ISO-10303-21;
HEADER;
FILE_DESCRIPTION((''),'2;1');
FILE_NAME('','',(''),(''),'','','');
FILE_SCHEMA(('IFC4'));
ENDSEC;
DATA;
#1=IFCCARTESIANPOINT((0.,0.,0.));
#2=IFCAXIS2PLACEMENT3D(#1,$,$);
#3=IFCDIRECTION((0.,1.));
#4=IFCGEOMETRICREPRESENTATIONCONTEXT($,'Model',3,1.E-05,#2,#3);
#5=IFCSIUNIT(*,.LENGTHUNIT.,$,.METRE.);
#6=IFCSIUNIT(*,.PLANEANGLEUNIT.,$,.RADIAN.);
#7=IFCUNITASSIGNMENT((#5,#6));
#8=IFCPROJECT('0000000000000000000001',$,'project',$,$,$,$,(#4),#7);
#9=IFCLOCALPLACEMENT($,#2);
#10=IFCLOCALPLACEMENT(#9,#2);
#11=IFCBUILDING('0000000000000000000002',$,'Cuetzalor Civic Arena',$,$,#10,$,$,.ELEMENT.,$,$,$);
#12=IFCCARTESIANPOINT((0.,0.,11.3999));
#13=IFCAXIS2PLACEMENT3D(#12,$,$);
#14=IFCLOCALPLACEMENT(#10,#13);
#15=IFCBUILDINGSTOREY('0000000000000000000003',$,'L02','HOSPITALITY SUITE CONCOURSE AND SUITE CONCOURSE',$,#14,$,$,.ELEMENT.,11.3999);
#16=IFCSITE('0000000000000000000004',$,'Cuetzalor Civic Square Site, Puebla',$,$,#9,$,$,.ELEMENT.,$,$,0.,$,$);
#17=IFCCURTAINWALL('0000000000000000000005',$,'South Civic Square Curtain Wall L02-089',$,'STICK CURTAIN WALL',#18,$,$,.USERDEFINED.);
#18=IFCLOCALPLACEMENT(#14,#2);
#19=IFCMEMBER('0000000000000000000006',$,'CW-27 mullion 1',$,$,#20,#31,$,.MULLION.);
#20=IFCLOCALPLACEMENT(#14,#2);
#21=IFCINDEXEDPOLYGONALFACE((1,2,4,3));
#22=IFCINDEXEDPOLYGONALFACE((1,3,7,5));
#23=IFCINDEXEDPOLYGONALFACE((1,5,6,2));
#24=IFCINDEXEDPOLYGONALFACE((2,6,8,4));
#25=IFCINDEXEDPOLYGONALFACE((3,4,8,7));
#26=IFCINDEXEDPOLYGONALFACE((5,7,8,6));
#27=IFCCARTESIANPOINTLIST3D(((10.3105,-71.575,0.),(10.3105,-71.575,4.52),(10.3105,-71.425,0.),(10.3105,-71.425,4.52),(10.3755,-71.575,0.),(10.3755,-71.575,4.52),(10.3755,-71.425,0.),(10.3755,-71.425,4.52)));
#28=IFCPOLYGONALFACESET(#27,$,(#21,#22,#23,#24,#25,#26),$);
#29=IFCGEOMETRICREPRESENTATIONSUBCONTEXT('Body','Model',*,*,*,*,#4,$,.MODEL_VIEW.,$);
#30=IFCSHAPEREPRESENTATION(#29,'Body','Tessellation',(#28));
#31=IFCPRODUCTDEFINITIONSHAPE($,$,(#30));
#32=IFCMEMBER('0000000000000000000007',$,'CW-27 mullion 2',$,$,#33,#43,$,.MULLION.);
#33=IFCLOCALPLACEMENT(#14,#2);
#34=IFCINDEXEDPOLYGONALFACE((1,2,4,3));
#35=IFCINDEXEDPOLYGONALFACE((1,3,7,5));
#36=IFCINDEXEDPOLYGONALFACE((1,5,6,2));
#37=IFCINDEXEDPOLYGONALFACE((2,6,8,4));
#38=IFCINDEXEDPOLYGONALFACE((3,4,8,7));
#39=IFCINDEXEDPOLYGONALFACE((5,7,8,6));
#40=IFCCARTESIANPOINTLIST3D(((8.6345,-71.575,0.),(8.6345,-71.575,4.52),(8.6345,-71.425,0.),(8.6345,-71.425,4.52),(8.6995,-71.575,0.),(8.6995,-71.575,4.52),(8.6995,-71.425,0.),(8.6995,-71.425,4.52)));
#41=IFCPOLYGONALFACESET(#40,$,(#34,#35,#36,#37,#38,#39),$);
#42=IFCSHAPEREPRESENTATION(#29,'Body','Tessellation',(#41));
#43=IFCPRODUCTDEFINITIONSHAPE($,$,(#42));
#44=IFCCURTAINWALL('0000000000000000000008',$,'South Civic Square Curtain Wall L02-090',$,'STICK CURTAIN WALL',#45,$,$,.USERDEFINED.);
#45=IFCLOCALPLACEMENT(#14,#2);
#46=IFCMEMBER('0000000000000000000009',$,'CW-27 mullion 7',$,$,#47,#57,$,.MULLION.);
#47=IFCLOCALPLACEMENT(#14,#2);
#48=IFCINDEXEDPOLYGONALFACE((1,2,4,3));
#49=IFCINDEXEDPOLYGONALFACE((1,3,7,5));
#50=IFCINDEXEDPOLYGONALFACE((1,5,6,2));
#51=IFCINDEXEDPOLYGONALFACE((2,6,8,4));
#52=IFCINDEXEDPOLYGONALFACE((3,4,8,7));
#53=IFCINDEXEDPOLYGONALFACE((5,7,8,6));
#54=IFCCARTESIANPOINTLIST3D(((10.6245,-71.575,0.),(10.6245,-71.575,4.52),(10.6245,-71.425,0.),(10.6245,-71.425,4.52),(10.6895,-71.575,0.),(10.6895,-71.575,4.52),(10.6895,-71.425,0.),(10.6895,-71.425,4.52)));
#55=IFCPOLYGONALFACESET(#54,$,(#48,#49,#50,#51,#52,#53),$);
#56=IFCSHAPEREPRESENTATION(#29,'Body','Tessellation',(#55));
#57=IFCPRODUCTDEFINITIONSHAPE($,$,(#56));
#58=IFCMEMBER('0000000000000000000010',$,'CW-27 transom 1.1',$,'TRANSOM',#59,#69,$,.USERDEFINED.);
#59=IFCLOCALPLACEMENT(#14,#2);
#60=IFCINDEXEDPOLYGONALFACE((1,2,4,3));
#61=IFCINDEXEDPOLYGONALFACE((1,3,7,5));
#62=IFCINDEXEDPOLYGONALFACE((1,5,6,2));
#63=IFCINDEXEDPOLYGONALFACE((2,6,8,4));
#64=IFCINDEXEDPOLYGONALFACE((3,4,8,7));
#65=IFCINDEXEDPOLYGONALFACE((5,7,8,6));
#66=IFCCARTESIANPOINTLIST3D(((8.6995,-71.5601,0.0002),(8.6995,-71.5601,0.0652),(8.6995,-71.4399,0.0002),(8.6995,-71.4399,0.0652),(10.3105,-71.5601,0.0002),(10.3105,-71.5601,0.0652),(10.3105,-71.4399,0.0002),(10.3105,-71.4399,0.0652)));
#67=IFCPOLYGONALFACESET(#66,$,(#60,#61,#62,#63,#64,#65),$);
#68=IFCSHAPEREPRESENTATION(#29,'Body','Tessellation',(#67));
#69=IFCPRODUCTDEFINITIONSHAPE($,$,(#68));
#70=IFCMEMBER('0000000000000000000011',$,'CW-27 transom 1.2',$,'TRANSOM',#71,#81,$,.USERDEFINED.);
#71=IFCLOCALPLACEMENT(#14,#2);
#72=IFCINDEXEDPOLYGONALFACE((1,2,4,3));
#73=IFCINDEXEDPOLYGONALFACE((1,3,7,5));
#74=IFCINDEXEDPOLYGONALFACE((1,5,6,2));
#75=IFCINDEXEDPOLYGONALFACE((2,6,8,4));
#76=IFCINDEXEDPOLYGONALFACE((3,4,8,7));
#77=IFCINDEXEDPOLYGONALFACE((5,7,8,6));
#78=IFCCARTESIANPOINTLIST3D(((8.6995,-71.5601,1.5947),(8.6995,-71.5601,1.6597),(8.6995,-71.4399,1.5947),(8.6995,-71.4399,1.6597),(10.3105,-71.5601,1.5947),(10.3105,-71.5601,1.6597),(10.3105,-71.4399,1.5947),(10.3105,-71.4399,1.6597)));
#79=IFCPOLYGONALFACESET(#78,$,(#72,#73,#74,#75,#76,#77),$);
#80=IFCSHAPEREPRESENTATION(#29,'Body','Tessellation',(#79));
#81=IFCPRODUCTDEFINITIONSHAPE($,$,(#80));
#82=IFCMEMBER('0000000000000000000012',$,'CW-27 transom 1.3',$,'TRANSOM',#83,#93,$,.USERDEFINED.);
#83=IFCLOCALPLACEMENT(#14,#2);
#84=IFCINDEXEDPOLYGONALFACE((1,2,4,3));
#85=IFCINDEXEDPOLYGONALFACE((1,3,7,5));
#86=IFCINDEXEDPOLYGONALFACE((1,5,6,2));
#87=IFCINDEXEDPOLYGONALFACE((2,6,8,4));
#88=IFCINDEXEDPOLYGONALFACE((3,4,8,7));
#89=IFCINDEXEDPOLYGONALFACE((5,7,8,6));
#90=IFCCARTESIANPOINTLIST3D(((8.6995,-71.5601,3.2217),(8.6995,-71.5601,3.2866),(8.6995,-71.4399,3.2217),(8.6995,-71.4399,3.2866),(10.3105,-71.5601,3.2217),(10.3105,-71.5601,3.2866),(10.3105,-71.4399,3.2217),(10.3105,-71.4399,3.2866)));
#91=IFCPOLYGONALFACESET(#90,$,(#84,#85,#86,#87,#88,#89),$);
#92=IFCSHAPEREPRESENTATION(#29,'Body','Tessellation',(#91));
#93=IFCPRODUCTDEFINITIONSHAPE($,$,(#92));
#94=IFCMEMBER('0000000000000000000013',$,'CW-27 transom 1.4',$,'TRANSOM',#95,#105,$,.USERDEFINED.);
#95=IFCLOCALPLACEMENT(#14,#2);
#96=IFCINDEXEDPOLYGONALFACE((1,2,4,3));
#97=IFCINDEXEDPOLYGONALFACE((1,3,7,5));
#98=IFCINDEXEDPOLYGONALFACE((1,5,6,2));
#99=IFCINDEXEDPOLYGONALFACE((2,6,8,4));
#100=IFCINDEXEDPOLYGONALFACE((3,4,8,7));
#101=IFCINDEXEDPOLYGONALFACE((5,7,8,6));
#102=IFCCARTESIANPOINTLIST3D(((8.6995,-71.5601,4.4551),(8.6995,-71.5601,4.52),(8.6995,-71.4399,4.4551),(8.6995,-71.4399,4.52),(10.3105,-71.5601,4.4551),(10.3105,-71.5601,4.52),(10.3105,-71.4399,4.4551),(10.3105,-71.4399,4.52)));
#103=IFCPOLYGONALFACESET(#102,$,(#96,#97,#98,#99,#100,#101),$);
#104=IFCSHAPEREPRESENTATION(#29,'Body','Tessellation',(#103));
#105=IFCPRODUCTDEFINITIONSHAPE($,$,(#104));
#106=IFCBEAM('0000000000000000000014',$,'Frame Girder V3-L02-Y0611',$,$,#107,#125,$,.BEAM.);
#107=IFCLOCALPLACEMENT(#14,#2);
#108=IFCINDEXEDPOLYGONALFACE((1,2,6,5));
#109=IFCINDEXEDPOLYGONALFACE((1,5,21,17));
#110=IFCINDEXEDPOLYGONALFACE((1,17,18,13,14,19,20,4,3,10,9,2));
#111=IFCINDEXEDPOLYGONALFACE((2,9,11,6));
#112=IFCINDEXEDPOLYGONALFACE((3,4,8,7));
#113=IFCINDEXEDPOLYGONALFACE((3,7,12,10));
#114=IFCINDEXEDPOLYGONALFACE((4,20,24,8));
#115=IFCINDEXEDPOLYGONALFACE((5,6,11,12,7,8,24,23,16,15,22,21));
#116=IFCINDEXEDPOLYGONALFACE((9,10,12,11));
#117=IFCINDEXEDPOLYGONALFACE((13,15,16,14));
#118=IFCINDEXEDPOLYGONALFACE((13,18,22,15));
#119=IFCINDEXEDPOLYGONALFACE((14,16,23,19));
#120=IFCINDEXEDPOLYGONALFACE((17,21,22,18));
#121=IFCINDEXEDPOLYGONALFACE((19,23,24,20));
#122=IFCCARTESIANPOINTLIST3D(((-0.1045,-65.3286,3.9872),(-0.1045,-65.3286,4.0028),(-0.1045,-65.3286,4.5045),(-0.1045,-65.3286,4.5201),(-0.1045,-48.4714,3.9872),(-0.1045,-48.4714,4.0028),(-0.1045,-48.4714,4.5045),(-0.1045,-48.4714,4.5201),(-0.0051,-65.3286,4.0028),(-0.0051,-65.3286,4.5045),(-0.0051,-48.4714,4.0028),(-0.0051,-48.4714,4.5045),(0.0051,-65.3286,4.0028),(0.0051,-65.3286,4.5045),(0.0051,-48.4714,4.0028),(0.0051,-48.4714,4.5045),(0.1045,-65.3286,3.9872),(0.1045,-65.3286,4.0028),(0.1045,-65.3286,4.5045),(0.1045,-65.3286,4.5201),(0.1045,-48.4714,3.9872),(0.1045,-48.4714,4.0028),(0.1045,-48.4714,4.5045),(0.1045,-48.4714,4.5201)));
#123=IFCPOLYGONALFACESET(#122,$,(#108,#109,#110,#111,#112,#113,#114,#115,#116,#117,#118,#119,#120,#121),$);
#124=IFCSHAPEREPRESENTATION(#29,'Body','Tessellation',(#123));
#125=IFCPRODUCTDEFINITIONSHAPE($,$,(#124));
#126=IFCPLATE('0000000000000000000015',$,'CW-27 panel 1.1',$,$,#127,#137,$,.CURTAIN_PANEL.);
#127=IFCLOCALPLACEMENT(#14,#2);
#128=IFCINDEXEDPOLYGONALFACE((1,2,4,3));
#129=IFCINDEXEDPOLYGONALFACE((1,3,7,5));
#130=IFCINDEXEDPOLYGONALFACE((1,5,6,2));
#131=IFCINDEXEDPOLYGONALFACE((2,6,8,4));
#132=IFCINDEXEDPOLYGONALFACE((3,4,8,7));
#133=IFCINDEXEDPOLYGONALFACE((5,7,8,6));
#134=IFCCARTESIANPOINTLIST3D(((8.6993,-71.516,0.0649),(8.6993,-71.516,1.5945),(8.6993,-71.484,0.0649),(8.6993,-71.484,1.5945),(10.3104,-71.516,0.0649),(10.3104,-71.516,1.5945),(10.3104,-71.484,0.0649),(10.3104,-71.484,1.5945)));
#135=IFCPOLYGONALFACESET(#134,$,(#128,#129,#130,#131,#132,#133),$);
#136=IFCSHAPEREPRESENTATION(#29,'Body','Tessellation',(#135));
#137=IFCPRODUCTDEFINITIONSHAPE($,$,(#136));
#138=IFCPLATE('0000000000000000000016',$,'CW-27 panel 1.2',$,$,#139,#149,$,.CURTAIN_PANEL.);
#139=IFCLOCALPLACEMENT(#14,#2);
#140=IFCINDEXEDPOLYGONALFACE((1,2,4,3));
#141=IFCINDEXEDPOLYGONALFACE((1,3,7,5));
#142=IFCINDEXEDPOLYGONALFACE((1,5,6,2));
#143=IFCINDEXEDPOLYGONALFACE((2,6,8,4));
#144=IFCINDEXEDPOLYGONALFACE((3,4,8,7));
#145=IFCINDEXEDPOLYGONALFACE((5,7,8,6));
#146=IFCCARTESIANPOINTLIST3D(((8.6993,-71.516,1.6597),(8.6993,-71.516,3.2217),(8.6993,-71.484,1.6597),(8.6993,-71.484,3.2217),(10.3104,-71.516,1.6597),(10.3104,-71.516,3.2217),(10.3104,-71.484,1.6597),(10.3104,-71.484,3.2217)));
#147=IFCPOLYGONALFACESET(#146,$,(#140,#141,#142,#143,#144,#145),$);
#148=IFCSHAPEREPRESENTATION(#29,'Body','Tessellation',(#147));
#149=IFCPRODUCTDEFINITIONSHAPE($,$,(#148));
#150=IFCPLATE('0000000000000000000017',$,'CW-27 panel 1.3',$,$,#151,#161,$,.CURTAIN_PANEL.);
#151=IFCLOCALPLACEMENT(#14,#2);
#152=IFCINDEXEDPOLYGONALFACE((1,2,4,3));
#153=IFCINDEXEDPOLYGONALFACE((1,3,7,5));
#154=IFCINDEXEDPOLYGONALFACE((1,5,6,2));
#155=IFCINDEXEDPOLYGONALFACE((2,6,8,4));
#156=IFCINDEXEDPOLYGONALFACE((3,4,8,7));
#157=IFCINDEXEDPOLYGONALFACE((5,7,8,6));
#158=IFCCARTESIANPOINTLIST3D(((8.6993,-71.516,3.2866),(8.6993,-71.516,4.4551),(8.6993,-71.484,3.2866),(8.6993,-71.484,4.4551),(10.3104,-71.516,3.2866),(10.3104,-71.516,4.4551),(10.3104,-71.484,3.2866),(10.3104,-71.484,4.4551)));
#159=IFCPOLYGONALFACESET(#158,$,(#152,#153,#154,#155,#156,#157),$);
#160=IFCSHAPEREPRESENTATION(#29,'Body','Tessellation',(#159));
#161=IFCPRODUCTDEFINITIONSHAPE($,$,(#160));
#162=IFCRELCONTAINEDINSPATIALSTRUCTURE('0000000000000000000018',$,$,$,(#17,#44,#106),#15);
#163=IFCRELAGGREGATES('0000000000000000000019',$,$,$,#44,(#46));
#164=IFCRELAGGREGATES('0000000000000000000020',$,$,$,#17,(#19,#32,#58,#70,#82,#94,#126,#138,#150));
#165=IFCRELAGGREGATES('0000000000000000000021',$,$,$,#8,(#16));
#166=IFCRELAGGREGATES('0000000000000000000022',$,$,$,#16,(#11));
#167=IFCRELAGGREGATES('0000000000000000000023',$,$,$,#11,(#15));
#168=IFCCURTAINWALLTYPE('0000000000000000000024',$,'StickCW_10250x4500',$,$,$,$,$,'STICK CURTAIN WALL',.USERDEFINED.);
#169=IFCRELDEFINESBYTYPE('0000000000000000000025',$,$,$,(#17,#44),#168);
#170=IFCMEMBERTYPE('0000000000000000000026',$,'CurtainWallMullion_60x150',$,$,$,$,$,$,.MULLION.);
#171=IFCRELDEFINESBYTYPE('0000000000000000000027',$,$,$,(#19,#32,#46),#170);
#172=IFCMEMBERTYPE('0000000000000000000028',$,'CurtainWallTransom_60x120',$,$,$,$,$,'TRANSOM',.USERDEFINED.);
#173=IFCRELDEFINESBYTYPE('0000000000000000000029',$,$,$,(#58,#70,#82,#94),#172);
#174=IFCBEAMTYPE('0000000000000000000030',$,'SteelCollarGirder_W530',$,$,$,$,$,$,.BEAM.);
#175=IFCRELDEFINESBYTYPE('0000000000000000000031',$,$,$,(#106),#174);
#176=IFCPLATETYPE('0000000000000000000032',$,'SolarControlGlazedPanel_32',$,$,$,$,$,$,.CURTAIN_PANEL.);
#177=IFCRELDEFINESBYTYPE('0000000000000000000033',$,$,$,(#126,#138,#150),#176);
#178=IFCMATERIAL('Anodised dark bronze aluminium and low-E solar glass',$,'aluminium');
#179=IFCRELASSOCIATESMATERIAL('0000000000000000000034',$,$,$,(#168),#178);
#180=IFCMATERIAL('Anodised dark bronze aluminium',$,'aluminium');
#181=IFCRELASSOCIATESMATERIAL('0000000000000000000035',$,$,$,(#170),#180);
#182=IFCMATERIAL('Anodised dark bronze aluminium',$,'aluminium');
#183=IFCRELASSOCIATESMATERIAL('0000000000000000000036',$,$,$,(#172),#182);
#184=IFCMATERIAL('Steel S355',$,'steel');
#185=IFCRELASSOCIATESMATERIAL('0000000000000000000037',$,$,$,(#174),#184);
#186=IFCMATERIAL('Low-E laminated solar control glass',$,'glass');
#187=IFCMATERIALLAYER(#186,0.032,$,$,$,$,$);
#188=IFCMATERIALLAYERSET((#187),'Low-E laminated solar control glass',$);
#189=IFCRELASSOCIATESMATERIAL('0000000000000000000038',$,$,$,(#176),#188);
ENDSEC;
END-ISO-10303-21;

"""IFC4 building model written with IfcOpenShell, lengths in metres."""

from ifc_helpers import new_model, si_unit, direction, frame, origin, origin_2d, place, context, subcontext, project, spatial, rectangle, i_section, extrude, material, layer, layer_set, material_profile, profile_set, type_object, element, aggregate, save


model = new_model("IFC4")

# Units and contexts
model_context = context("Model", 3, precision=1e-05, world=origin(), true_north=direction((0.0, 1.0)))
body_context = subcontext(model_context, "Body", "Model", "MODEL_VIEW")
ifc_project = project(units=[si_unit("LENGTHUNIT", "METRE"), si_unit("PLANEANGLEUNIT", "RADIAN")], contexts=[model_context])

# Site, building, storey
site_placement = place(None, origin())
site = spatial("IfcSite", under=ifc_project, at=site_placement, Name="Cuetzalor Civic Square Site, Puebla", CompositionType="ELEMENT", RefElevation=0.0)
building_placement = place(site_placement, origin())
building = spatial("IfcBuilding", under=site, at=building_placement, Name="Cuetzalor Civic Arena", CompositionType="ELEMENT")
storey_placement = place(building_placement, frame((0.0, 0.0, 11.3999)))
storey = spatial("IfcBuildingStorey", under=building, at=storey_placement, Name="L02", Description="HOSPITALITY SUITE CONCOURSE AND SUITE CONCOURSE", CompositionType="ELEMENT", Elevation=11.3999)

# Curtain wall, members
ifc_material_1 = material(Name="Anodised dark bronze aluminium and low-E solar glass", Category="aluminium")
curtain_wall_type = type_object("IfcCurtainWallType", Name="StickCW_10250x4500", ElementType="STICK CURTAIN WALL", PredefinedType="USERDEFINED", material=ifc_material_1)
curtain_wall_1_placement = place(storey_placement, origin())
curtain_wall_1 = element("IfcCurtainWall", 1, at=curtain_wall_1_placement, inside=storey, type_object=curtain_wall_type, Name="South Civic Square Curtain Wall L02-089", ObjectType="STICK CURTAIN WALL", PredefinedType="USERDEFINED")
ifc_material_2 = material(Name="Anodised dark bronze aluminium", Category="aluminium")
ifc_material_profile_1 = material_profile(ifc_material_2, rectangle(XDim=0.0649, YDim=0.1499, at=origin_2d()), Name="ALU MULLION 65x150")
ifc_profile_set_1 = profile_set([ifc_material_profile_1], Name="Anodised dark bronze aluminium")
member_type_1 = type_object("IfcMemberType", Name="CurtainWallMullion_60x150", PredefinedType="MULLION", material=ifc_profile_set_1)
member_1_placement = place(storey_placement, frame((10.343, -71.5, 0.0), z_axis=(0.0, 0.0, 1.0), x_axis=(-1.0, 0.0, 0.0)))
member_1 = element("IfcMember", 2, at=member_1_placement, type_object=member_type_1, Name="CW-27 mullion 1", PredefinedType="MULLION", context=body_context, shape_type="SweptSolid", body=[
    extrude(rectangle(XDim=0.0649, YDim=0.1499, at=origin_2d()), origin(), (0.0, 0.0, 1.0), 4.52),
])
member_2_placement = place(storey_placement, frame((8.667, -71.5, 0.0), z_axis=(0.0, 0.0, 1.0), x_axis=(-1.0, 0.0, 0.0)))
member_2 = element("IfcMember", 3, at=member_2_placement, type_object=member_type_1, Name="CW-27 mullion 2", PredefinedType="MULLION", context=body_context, shape_type="SweptSolid", body=[
    extrude(rectangle(XDim=0.0649, YDim=0.1499, at=origin_2d()), origin(), (0.0, 0.0, 1.0), 4.52),
])

# Curtain wall, member
curtain_wall_2_placement = place(storey_placement, origin())
curtain_wall_2 = element("IfcCurtainWall", 4, at=curtain_wall_2_placement, inside=storey, type_object=curtain_wall_type, Name="South Civic Square Curtain Wall L02-090", ObjectType="STICK CURTAIN WALL", PredefinedType="USERDEFINED")
member_3_placement = place(storey_placement, frame((10.657, -71.5, 0.0), z_axis=(0.0, 0.0, 1.0), x_axis=(-1.0, 0.0, 0.0)))
member_3 = element("IfcMember", 5, at=member_3_placement, type_object=member_type_1, Name="CW-27 mullion 7", PredefinedType="MULLION", context=body_context, shape_type="SweptSolid", body=[
    extrude(rectangle(XDim=0.0649, YDim=0.1499, at=origin_2d()), origin(), (0.0, 0.0, 1.0), 4.52),
])
aggregate(curtain_wall_2, [member_3])

# Members
ifc_material_3 = material(Name="Anodised dark bronze aluminium", Category="aluminium")
ifc_material_profile_2 = material_profile(ifc_material_3, rectangle(XDim=0.1201, YDim=0.0649, at=origin_2d()), Name="ALU TRANSOM 65x120")
ifc_profile_set_2 = profile_set([ifc_material_profile_2], Name="Anodised dark bronze aluminium")
member_type_2 = type_object("IfcMemberType", Name="CurtainWallTransom_60x120", ElementType="TRANSOM", PredefinedType="USERDEFINED", material=ifc_profile_set_2)
member_4_placement = place(storey_placement, frame((10.3105, -71.5, 0.0327), z_axis=(-1.0, 0.0, 0.0), x_axis=(0.0, -1.0, 0.0)))
member_4 = element("IfcMember", 6, at=member_4_placement, type_object=member_type_2, Name="CW-27 transom 1.1", ObjectType="TRANSOM", PredefinedType="USERDEFINED", context=body_context, shape_type="SweptSolid", body=[
    extrude(rectangle(XDim=0.1201, YDim=0.0649, at=origin_2d()), origin(), (0.0, 0.0, 1.0), 1.6111),
])
member_5_placement = place(storey_placement, frame((10.3105, -71.5, 1.6272), z_axis=(-1.0, 0.0, 0.0), x_axis=(0.0, -1.0, 0.0)))
member_5 = element("IfcMember", 7, at=member_5_placement, type_object=member_type_2, Name="CW-27 transom 1.2", ObjectType="TRANSOM", PredefinedType="USERDEFINED", context=body_context, shape_type="SweptSolid", body=[
    extrude(rectangle(XDim=0.1201, YDim=0.0649, at=origin_2d()), origin(), (0.0, 0.0, 1.0), 1.6111),
])
member_6_placement = place(storey_placement, frame((10.3105, -71.5, 3.2542), z_axis=(-1.0, 0.0, 0.0), x_axis=(0.0, -1.0, 0.0)))
member_6 = element("IfcMember", 8, at=member_6_placement, type_object=member_type_2, Name="CW-27 transom 1.3", ObjectType="TRANSOM", PredefinedType="USERDEFINED", context=body_context, shape_type="SweptSolid", body=[
    extrude(rectangle(XDim=0.1201, YDim=0.0649, at=origin_2d()), origin(), (0.0, 0.0, 1.0), 1.6111),
])
member_7_placement = place(storey_placement, frame((10.3105, -71.5, 4.4875), z_axis=(-1.0, 0.0, 0.0), x_axis=(0.0, -1.0, 0.0)))
member_7 = element("IfcMember", 9, at=member_7_placement, type_object=member_type_2, Name="CW-27 transom 1.4", ObjectType="TRANSOM", PredefinedType="USERDEFINED", context=body_context, shape_type="SweptSolid", body=[
    extrude(rectangle(XDim=0.1201, YDim=0.0649, at=origin_2d()), origin(), (0.0, 0.0, 1.0), 1.6111),
])

# Beam
ifc_material_4 = material(Name="Steel S355", Category="steel")
ifc_material_profile_3 = material_profile(ifc_material_4, i_section(OverallWidth=0.209, OverallDepth=0.533, WebThickness=0.0103, FlangeThickness=0.0156, at=origin_2d()), Name="W530x92")
ifc_profile_set_3 = profile_set([ifc_material_profile_3], Name="Steel S355")
beam_type_1 = type_object("IfcBeamType", Name="SteelCollarGirder_W530", PredefinedType="BEAM", material=ifc_profile_set_3)
beam_1_placement = place(storey_placement, frame((0.0, -65.3286, 4.2537), z_axis=(0.0, 1.0, 0.0), x_axis=(-1.0, 0.0, 0.0)))
element("IfcBeam", 10, at=beam_1_placement, inside=storey, type_object=beam_type_1, Name="Frame Girder V3-L02-Y0611", PredefinedType="BEAM", context=body_context, shape_type="SweptSolid", body=[
    extrude(i_section(OverallWidth=0.209, OverallDepth=0.533, WebThickness=0.0103, FlangeThickness=0.0156, at=origin_2d()), origin(), (0.0, 0.0, 1.0), 16.8572),
])

# Plates
ifc_material_5 = material(Name="Low-E laminated solar control glass", Category="glass")
ifc_layer = layer(ifc_material_5, 0.032)
ifc_layer_set = layer_set([ifc_layer], Name="Low-E laminated solar control glass")
plate_type = type_object("IfcPlateType", Name="SolarControlGlazedPanel_32", PredefinedType="CURTAIN_PANEL", material=ifc_layer_set)
plate_1_placement = place(storey_placement, frame((9.5049, -71.5, 0.0649), z_axis=(0.0, 0.0, 1.0), x_axis=(-1.0, 0.0, 0.0)))
plate_1 = element("IfcPlate", 11, at=plate_1_placement, type_object=plate_type, Name="CW-27 panel 1.1", PredefinedType="CURTAIN_PANEL", context=body_context, shape_type="SweptSolid", body=[
    extrude(rectangle(XDim=1.6111, YDim=0.032, at=origin_2d()), origin(), (0.0, 0.0, 1.0), 1.5295),
])
plate_2_placement = place(storey_placement, frame((9.5049, -71.5, 1.6597), z_axis=(0.0, 0.0, 1.0), x_axis=(-1.0, 0.0, 0.0)))
plate_2 = element("IfcPlate", 12, at=plate_2_placement, type_object=plate_type, Name="CW-27 panel 1.2", PredefinedType="CURTAIN_PANEL", context=body_context, shape_type="SweptSolid", body=[
    extrude(rectangle(XDim=1.6111, YDim=0.032, at=origin_2d()), origin(), (0.0, 0.0, 1.0), 1.562),
])
plate_3_placement = place(storey_placement, frame((9.5049, -71.5, 3.2866), z_axis=(0.0, 0.0, 1.0), x_axis=(-1.0, 0.0, 0.0)))
plate_3 = element("IfcPlate", 13, at=plate_3_placement, type_object=plate_type, Name="CW-27 panel 1.3", PredefinedType="CURTAIN_PANEL", context=body_context, shape_type="SweptSolid", body=[
    extrude(rectangle(XDim=1.6111, YDim=0.032, at=origin_2d()), origin(), (0.0, 0.0, 1.0), 1.1685),
])
aggregate(curtain_wall_1, [member_1, member_2, member_4, member_5, member_6, member_7, plate_1, plate_2, plate_3])

save(model, "model.ifc")
